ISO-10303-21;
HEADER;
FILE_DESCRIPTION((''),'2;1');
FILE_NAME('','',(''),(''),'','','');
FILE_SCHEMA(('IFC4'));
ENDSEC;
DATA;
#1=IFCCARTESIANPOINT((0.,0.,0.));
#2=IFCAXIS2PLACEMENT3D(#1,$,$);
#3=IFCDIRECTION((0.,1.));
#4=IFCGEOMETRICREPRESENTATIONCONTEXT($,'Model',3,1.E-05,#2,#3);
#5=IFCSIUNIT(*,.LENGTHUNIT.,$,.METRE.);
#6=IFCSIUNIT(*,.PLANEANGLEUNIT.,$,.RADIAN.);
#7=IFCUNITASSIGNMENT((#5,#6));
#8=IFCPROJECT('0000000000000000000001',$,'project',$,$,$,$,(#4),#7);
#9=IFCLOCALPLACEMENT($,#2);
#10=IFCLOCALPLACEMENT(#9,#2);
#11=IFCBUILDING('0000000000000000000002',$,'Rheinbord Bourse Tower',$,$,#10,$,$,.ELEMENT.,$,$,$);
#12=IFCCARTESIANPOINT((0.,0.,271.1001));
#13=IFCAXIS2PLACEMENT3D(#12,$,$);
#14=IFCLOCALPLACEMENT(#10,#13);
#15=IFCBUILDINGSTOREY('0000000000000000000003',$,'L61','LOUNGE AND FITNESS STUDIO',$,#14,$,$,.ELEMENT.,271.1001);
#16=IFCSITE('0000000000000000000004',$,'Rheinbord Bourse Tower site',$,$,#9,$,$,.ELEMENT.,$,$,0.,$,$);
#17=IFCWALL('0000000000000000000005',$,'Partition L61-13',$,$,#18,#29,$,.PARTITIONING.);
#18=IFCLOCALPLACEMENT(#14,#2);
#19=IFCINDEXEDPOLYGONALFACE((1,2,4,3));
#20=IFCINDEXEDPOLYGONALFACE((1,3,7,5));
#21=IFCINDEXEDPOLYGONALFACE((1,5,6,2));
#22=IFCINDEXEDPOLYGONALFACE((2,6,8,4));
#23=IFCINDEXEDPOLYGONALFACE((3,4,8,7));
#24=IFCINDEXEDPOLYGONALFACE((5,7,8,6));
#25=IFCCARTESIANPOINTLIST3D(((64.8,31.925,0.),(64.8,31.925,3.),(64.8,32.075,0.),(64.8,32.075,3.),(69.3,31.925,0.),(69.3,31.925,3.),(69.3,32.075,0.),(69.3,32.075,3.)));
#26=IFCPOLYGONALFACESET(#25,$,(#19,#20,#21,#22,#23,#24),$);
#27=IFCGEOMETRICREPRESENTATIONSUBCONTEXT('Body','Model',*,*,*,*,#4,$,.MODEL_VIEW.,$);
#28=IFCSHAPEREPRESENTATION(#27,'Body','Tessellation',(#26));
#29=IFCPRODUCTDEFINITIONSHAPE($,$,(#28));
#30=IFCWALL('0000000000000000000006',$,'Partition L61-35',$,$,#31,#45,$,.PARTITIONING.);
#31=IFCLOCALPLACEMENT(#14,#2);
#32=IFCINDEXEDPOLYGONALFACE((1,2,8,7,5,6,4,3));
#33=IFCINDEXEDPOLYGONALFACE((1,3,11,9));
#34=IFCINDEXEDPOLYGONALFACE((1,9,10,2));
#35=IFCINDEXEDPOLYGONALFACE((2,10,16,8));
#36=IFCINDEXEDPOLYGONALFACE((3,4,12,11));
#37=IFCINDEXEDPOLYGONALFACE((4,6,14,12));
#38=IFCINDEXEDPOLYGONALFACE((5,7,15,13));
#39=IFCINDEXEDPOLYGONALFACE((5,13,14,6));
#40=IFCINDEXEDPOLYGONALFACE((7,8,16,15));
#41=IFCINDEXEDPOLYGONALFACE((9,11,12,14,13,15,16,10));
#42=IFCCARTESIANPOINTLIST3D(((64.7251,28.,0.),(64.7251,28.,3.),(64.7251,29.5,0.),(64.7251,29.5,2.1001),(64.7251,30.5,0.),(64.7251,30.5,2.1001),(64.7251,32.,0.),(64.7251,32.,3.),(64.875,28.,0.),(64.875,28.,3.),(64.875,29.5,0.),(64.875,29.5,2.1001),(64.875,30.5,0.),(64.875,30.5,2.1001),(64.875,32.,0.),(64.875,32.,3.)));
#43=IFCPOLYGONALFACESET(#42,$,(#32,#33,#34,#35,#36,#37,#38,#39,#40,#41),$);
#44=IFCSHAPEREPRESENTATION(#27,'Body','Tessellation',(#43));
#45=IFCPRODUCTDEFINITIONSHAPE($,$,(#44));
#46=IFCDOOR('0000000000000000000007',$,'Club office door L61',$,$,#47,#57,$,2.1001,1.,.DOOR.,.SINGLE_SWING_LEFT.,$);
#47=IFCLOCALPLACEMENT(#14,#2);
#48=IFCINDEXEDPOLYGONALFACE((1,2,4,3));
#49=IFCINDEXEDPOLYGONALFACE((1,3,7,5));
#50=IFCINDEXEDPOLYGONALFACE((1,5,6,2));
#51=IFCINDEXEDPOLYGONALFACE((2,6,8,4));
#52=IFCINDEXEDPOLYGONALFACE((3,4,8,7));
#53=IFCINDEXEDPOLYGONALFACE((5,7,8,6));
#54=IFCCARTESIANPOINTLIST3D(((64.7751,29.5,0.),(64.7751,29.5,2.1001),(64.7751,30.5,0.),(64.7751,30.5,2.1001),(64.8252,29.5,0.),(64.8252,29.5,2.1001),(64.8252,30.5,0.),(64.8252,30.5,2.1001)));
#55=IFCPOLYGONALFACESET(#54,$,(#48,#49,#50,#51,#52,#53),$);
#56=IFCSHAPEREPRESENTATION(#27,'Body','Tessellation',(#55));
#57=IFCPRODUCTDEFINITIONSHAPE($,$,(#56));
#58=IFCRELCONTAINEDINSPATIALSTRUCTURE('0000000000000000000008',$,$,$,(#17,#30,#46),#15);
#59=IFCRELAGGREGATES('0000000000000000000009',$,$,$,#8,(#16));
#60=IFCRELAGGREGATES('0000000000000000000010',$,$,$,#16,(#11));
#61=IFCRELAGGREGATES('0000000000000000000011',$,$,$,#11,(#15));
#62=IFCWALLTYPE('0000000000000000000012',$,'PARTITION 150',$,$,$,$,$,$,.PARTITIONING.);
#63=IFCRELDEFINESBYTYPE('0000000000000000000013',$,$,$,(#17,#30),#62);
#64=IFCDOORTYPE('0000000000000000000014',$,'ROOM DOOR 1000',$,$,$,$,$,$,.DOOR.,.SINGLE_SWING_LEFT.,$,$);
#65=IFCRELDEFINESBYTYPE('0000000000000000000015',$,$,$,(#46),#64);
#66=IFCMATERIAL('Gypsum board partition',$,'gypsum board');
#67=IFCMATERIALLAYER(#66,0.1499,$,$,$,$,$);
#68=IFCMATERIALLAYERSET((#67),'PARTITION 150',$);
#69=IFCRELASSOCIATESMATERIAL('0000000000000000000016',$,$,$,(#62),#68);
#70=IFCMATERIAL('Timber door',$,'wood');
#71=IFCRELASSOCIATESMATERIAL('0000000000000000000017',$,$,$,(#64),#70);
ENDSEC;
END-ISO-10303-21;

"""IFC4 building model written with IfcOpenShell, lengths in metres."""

from ifc_helpers import new_model, si_unit, direction, frame, frame_2d, origin, place, context, subcontext, project, spatial, rectangle, extrude, material, layer, layer_set, type_object, element, fill, save


model = new_model("IFC4")

# Units and contexts
model_context = context("Model", 3, precision=1e-05, world=origin(), true_north=direction((0.0, 1.0)))
body_context = subcontext(model_context, "Body", "Model", "MODEL_VIEW")
ifc_project = project(units=[si_unit("LENGTHUNIT", "METRE"), si_unit("PLANEANGLEUNIT", "RADIAN")], contexts=[model_context])

# Site, building, storey
site_placement = place(None, origin())
site = spatial("IfcSite", under=ifc_project, at=site_placement, Name="Rheinbord Bourse Tower site", CompositionType="ELEMENT", RefElevation=0.0)
building_placement = place(site_placement, origin())
building = spatial("IfcBuilding", under=site, at=building_placement, Name="Rheinbord Bourse Tower", CompositionType="ELEMENT")
storey_placement = place(building_placement, frame((0.0, 0.0, 271.1001)))
storey = spatial("IfcBuildingStorey", under=building, at=storey_placement, Name="L61", Description="LOUNGE AND FITNESS STUDIO", CompositionType="ELEMENT", Elevation=271.1001)

# Wall
ifc_material_1 = material(Name="Gypsum board partition", Category="gypsum board")
ifc_layer_1 = layer(ifc_material_1, 0.1499)
ifc_layer_set_1 = layer_set([ifc_layer_1], Name="PARTITION 150")
wall_type_1 = type_object("IfcWallType", Name="PARTITION 150", PredefinedType="PARTITIONING", material=ifc_layer_set_1)
for number, where, z_axis, x_axis, name in (
    (1, (64.8, 32.0, 0.0), (0.0, 0.0, 1.0), (1.0, 0.0, 0.0), "Partition L61-13"),
):
    element("IfcWall", number, at=place(storey_placement, frame(where, z_axis=z_axis, x_axis=x_axis)), inside=storey, type_object=wall_type_1, Name=name, PredefinedType="PARTITIONING", context=body_context, shape_type="SweptSolid", body=[
        extrude(rectangle(XDim=4.5, YDim=0.1499, at=frame_2d((2.25, 0.0))), origin(), (0.0, 0.0, 1.0), 3.0),
    ])

# Wall, opening, door
wall_1_placement = place(storey_placement, frame((64.8, 28.0, 0.0), z_axis=(0.0, 0.0, 1.0), x_axis=(0.0, 1.0, 0.0)))
wall_1 = element("IfcWall", 2, at=wall_1_placement, inside=storey, type_object=wall_type_1, Name="Partition L61-35", PredefinedType="PARTITIONING", context=body_context, shape_type="SweptSolid", body=[
    extrude(rectangle(XDim=4.0, YDim=0.1499, at=frame_2d((2.0, 0.0))), origin(), (0.0, 0.0, 1.0), 3.0),
])
opening_placement = place(wall_1_placement, frame((1.5, 0.0, 0.0)))
opening = element("IfcOpeningElement", 3, at=opening_placement, cuts=wall_1, PredefinedType="OPENING", context=body_context, shape_type="SweptSolid", body=[
    extrude(rectangle(XDim=1.0, YDim=2.1001, at=frame_2d((0.5, 1.05))), frame((0.0, 0.085, 0.0), z_axis=(0.0, -1.0, 0.0), x_axis=(1.0, 0.0, 0.0)), (0.0, 0.0, 1.0), 0.1699),
])
ifc_material_2 = material(Name="Timber door", Category="wood")
door_type = type_object("IfcDoorType", Name="ROOM DOOR 1000", OperationType="SINGLE_SWING_LEFT", PredefinedType="DOOR", material=ifc_material_2)
door_placement = place(opening_placement, origin())
door = element("IfcDoor", 4, at=door_placement, inside=storey, type_object=door_type, Name="Club office door L61", OperationType="SINGLE_SWING_LEFT", OverallHeight=2.1001, OverallWidth=1.0, PredefinedType="DOOR", context=body_context, shape_type="SweptSolid", body=[
    extrude(rectangle(XDim=1.0, YDim=2.1001, at=frame_2d((0.5, 1.05))), frame((0.0, 0.0249, 0.0), z_axis=(0.0, -1.0, 0.0), x_axis=(1.0, 0.0, 0.0)), (0.0, 0.0, 1.0), 0.05),
])
fill(opening, door)

save(model, "model.ifc")
